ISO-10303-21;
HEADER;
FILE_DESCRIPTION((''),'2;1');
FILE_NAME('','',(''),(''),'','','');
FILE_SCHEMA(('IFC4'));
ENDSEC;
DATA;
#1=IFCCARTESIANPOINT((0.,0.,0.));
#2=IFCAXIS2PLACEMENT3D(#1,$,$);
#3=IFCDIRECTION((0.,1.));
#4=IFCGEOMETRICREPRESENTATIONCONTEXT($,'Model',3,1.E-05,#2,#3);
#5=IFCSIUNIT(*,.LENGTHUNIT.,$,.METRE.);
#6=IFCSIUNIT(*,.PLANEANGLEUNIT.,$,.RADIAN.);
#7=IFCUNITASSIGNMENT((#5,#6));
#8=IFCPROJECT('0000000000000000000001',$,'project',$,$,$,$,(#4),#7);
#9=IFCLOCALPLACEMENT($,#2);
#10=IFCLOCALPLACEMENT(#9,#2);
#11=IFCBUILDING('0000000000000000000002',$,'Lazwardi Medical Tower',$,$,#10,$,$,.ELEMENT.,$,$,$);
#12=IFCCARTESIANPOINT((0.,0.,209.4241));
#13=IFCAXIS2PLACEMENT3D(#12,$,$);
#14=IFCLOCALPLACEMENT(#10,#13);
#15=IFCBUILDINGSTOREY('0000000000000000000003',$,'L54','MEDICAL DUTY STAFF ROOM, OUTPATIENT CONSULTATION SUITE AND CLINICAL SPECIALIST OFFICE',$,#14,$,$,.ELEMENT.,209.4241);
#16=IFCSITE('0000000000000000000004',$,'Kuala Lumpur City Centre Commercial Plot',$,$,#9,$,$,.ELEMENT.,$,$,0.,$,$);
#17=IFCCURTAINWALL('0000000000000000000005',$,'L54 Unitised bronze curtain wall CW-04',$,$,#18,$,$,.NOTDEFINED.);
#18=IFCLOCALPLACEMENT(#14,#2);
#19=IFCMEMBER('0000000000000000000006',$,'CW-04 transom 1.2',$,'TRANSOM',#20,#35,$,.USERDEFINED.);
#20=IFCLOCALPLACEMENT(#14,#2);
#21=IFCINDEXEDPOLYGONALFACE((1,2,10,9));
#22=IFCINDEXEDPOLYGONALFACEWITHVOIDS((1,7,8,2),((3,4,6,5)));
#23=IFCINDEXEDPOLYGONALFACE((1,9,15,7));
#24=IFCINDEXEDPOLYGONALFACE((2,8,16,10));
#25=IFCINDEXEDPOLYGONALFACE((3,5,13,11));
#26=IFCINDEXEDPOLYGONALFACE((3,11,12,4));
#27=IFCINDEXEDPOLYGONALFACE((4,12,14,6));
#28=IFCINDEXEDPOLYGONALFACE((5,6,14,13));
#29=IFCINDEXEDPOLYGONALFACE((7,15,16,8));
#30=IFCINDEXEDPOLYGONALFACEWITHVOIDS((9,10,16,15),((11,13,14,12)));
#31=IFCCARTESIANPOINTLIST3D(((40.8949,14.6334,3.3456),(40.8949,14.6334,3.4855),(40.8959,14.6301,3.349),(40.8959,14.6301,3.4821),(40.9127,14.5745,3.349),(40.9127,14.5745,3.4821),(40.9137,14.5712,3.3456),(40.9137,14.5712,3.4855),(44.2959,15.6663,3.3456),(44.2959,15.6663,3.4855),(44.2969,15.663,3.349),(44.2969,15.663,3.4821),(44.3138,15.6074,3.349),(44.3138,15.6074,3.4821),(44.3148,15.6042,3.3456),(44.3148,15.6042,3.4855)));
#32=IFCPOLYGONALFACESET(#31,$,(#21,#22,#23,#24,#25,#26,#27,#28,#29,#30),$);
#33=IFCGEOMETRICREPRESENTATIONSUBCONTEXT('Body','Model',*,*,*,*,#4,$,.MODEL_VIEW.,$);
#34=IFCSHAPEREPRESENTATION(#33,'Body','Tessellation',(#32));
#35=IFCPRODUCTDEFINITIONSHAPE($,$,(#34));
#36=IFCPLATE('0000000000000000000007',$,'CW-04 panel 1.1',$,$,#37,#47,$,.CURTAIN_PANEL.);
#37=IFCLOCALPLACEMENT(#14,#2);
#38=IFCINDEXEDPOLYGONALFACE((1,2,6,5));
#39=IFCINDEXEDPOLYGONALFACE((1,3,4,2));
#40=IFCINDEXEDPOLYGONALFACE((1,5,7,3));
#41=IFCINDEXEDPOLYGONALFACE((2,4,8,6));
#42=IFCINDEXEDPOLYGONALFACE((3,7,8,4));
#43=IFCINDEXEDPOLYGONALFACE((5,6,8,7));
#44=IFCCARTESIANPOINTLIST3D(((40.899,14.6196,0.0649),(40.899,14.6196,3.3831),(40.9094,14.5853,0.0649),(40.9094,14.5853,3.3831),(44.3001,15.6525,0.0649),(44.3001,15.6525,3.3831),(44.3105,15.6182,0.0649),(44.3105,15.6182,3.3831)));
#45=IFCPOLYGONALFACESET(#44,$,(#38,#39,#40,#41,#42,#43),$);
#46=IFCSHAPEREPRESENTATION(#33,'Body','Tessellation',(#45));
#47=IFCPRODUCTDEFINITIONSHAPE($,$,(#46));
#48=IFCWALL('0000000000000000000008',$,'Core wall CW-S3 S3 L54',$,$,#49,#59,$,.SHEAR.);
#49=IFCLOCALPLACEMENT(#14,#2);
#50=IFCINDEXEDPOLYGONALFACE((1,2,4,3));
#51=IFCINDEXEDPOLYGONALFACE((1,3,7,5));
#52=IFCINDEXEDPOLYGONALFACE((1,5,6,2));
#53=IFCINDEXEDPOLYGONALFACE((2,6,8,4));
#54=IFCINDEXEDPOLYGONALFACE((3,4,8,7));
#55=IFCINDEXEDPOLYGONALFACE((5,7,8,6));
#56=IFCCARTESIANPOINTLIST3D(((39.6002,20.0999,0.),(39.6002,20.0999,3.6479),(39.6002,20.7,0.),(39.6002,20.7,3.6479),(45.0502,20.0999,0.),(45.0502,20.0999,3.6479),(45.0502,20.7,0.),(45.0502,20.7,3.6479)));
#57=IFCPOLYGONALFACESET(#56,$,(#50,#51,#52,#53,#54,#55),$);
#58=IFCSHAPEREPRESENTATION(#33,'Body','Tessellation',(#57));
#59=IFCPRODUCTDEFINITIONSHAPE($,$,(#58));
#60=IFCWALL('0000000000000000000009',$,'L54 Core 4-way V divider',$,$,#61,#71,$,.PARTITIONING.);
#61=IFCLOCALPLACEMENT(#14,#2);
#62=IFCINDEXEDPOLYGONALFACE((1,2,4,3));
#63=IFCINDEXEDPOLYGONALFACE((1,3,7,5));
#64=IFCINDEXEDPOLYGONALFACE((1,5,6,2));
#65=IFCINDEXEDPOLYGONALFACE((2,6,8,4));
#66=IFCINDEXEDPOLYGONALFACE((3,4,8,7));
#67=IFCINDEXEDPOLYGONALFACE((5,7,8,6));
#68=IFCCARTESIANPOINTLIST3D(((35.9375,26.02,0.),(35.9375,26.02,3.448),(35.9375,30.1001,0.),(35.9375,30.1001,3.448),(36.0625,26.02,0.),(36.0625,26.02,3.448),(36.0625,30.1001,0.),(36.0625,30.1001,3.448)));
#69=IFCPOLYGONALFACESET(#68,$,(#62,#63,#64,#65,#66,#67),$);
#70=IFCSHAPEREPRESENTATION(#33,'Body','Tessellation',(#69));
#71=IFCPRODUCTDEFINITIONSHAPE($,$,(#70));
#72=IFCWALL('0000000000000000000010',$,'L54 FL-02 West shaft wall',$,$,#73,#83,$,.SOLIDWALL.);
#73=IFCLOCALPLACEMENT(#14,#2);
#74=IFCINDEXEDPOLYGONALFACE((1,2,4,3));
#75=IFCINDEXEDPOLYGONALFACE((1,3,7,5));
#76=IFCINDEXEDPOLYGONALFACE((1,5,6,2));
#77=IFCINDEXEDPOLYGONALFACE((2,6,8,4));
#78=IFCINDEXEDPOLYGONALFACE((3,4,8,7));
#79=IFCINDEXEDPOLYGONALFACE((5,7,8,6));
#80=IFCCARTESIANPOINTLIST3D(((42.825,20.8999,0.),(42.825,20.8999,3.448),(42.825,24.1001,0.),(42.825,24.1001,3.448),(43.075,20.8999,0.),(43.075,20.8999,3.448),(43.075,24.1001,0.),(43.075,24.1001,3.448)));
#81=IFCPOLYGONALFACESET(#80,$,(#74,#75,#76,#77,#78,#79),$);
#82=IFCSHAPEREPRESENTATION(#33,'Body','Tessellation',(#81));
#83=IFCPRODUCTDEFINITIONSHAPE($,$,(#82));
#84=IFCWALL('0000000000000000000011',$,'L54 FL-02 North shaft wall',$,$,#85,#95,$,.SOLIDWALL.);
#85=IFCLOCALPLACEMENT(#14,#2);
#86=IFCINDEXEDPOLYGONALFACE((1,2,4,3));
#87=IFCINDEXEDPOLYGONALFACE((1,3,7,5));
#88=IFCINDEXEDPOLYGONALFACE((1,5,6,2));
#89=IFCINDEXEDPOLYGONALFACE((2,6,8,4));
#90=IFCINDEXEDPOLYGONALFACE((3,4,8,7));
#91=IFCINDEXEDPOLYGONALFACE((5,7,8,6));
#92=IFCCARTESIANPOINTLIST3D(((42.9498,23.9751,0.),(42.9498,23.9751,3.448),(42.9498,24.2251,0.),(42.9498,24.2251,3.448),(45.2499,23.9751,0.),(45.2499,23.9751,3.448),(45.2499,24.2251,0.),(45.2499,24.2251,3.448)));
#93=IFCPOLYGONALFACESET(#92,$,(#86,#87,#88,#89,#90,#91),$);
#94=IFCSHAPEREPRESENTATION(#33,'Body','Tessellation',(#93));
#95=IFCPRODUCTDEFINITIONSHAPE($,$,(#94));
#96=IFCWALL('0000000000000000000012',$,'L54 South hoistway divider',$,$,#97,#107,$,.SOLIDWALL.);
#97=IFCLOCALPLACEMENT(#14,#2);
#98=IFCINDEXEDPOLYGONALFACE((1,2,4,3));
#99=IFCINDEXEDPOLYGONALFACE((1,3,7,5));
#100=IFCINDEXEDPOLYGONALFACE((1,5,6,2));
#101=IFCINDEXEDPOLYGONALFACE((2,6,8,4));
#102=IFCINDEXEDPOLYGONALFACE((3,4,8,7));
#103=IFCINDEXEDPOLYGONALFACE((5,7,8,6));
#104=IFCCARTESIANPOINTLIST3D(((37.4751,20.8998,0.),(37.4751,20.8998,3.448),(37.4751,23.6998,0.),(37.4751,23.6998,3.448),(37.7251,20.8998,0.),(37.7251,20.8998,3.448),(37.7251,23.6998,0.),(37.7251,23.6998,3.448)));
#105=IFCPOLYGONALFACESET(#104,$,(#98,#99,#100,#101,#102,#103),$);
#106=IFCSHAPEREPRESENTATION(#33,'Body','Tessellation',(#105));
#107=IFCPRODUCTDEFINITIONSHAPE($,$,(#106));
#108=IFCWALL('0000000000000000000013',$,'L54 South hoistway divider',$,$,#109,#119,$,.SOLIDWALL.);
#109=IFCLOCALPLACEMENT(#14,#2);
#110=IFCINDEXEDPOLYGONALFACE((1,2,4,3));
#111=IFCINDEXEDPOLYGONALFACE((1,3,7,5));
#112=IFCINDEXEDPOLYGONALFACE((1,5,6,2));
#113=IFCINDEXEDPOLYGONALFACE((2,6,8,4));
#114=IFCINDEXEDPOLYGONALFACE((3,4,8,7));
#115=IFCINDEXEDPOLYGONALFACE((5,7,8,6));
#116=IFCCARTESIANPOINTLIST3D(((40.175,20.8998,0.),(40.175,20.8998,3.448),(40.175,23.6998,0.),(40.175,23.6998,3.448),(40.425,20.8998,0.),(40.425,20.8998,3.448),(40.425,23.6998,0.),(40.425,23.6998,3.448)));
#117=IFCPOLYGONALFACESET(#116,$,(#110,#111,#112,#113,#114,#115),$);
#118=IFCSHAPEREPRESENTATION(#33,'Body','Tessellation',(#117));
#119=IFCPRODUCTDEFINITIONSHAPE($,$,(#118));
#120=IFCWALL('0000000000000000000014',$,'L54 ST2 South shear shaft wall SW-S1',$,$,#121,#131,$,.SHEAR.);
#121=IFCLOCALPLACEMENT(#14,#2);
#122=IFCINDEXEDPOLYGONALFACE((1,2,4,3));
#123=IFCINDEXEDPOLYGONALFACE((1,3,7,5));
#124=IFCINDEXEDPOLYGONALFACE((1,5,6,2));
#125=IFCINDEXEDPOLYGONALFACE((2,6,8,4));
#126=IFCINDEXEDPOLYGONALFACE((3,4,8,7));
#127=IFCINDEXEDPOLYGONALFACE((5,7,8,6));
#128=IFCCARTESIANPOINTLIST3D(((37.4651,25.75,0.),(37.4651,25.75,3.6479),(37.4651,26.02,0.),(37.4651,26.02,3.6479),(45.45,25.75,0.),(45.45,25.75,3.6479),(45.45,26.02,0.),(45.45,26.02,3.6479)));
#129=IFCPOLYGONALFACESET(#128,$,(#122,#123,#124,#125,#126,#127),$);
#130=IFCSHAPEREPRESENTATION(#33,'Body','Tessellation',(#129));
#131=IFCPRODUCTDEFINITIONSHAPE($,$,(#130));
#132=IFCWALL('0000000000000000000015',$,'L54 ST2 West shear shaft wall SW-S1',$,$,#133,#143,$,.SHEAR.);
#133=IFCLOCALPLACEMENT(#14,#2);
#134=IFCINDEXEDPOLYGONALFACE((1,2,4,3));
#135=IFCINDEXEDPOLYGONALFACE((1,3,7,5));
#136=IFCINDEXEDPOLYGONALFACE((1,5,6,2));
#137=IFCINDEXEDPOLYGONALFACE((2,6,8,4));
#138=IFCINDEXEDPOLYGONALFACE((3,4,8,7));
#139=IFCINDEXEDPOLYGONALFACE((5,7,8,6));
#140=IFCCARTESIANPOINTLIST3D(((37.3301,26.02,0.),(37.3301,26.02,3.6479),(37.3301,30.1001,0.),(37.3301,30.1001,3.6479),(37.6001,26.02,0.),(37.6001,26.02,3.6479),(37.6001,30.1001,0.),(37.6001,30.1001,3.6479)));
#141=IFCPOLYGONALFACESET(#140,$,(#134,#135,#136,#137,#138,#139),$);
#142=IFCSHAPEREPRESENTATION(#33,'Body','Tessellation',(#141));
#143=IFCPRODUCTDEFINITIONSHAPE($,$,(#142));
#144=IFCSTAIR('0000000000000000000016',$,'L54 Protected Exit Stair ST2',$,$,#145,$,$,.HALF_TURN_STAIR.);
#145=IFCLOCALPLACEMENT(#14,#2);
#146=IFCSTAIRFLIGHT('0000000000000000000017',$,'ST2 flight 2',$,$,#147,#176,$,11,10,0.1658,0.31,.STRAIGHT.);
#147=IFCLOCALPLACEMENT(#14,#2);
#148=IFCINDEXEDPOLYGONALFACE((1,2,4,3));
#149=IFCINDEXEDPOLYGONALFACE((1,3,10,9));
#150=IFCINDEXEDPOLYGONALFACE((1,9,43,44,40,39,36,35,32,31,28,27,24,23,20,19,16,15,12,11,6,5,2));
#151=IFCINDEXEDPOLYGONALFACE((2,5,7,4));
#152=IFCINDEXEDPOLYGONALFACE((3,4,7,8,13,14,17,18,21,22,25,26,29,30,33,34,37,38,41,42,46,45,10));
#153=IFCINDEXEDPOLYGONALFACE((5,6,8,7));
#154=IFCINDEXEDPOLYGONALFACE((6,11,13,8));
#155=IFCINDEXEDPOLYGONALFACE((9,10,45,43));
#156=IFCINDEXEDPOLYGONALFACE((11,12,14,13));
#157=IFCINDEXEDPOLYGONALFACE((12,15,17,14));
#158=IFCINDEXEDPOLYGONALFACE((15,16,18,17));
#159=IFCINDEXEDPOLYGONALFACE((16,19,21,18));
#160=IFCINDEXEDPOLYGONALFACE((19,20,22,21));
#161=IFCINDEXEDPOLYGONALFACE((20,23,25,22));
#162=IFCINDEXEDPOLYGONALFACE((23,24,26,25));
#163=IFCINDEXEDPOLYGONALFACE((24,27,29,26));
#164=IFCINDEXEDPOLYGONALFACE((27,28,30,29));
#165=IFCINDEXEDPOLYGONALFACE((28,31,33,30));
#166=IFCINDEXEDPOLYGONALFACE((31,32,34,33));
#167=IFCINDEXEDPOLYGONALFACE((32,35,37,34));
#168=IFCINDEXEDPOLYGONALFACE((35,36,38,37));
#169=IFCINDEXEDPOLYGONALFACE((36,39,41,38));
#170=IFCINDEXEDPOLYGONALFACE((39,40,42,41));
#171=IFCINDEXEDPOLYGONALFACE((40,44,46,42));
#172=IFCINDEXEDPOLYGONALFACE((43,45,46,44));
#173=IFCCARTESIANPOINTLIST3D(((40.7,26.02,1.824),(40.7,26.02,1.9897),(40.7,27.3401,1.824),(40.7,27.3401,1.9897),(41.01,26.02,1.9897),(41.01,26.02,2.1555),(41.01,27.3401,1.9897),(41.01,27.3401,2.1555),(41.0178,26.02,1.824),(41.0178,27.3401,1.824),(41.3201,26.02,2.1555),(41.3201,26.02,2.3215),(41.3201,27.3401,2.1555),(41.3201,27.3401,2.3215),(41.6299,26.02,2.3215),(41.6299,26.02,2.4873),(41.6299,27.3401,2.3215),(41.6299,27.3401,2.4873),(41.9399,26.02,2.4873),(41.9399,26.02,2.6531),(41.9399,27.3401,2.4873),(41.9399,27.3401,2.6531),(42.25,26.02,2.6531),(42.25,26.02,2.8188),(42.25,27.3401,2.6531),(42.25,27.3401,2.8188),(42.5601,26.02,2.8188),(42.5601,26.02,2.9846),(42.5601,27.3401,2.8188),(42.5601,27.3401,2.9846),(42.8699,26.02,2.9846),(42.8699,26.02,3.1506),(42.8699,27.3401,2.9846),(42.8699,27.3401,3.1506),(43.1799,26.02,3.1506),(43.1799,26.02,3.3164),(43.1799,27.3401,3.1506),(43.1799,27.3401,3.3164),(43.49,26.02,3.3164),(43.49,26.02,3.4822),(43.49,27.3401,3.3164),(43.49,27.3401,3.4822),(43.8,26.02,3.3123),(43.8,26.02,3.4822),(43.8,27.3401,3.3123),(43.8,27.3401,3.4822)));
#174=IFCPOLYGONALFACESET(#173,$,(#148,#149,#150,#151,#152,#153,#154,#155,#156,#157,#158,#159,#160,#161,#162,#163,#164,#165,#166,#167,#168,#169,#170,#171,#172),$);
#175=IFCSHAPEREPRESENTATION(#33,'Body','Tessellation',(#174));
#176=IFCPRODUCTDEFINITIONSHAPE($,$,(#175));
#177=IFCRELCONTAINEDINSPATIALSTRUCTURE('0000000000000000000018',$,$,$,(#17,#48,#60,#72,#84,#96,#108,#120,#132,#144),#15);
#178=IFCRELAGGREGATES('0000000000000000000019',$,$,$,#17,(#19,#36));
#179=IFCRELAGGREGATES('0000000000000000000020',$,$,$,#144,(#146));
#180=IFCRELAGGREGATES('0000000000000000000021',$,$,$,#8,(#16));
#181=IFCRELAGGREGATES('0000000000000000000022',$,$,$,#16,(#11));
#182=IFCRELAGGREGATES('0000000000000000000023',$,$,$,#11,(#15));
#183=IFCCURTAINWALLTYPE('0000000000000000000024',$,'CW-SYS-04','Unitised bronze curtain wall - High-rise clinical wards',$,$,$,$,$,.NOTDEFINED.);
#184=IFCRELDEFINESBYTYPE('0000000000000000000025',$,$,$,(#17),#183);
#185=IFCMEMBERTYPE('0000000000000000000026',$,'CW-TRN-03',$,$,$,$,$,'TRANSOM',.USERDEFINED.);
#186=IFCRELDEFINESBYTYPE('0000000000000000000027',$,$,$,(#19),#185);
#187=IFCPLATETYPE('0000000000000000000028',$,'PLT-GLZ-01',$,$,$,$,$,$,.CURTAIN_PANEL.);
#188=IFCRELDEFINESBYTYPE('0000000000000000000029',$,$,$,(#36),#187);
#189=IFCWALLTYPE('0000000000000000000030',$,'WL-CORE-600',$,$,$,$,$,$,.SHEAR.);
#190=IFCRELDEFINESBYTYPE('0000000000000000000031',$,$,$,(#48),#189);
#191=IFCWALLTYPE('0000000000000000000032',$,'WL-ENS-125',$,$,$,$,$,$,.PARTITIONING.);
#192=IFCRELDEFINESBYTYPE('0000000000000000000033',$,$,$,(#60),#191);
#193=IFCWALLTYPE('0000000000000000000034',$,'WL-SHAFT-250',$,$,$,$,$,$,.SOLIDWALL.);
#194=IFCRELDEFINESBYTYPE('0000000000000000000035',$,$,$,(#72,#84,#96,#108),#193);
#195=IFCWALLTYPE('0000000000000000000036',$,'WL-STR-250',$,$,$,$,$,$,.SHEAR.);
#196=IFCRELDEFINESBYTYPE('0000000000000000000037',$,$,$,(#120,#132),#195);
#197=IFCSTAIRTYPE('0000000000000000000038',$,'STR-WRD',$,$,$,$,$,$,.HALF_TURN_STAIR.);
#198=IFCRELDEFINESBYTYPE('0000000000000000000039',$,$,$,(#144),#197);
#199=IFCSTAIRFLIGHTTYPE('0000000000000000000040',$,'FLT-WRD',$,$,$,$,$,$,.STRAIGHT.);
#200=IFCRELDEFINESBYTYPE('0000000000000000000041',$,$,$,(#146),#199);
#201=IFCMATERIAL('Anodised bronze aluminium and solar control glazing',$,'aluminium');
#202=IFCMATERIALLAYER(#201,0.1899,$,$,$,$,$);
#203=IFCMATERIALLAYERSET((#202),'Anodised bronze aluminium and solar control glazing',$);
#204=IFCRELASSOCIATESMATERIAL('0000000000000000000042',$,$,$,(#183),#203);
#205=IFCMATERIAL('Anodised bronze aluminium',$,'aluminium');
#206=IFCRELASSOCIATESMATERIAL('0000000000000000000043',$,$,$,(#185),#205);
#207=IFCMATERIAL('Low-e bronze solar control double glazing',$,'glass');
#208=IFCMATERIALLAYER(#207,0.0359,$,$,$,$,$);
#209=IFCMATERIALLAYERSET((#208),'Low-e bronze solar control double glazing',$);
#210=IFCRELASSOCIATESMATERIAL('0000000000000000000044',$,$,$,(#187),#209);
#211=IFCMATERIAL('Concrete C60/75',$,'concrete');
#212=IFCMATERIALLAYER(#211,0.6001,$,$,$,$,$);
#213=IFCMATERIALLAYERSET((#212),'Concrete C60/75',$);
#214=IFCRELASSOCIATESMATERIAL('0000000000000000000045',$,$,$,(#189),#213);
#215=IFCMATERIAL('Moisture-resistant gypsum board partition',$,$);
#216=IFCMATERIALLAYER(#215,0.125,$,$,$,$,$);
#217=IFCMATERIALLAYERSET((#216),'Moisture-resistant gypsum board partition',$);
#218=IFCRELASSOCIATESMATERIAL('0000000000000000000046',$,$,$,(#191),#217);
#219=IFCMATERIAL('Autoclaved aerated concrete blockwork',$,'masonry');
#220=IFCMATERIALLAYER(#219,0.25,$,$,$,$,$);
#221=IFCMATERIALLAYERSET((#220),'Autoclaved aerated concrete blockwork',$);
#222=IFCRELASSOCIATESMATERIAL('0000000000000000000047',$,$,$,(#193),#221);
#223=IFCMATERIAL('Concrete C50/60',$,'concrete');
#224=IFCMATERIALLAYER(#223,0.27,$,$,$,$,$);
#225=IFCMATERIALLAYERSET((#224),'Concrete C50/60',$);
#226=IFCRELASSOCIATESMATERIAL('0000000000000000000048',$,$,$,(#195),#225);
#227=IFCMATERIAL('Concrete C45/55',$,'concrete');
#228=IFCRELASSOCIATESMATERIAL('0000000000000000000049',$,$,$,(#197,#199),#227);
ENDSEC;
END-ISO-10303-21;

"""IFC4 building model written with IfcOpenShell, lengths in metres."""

from ifc_helpers import new_model, si_unit, direction, frame, frame_2d, origin, origin_2d, place, context, subcontext, project, spatial, polyline, rectangle, hollow_rectangle, outline, extrude, material, layer, layer_set, material_profile, profile_set, type_object, element, aggregate, save


model = new_model("IFC4")

# Units and contexts
model_context = context("Model", 3, precision=1e-05, world=origin(), true_north=direction((0.0, 1.0)))
body_context = subcontext(model_context, "Body", "Model", "MODEL_VIEW")
ifc_project = project(units=[si_unit("LENGTHUNIT", "METRE"), si_unit("PLANEANGLEUNIT", "RADIAN")], contexts=[model_context])

# Site, building, storey
site_placement = place(None, origin())
site = spatial("IfcSite", under=ifc_project, at=site_placement, Name="Kuala Lumpur City Centre Commercial Plot", CompositionType="ELEMENT", RefElevation=0.0)
building_placement = place(site_placement, origin())
building = spatial("IfcBuilding", under=site, at=building_placement, Name="Lazwardi Medical Tower", CompositionType="ELEMENT")
storey_placement = place(building_placement, frame((0.0, 0.0, 209.4241)))
storey = spatial("IfcBuildingStorey", under=building, at=storey_placement, Name="L54", Description="MEDICAL DUTY STAFF ROOM, OUTPATIENT CONSULTATION SUITE AND CLINICAL SPECIALIST OFFICE", CompositionType="ELEMENT", Elevation=209.4241)

# Shared definitions
ifc_material_1 = material(Name="Concrete C60/75", Category="concrete")

# Curtain wall, member, plate
ifc_material_2 = material(Name="Anodised bronze aluminium and solar control glazing", Category="aluminium")
ifc_layer_1 = layer(ifc_material_2, 0.1899)
ifc_layer_set_1 = layer_set([ifc_layer_1], Name="Anodised bronze aluminium and solar control glazing")
curtain_wall_type = type_object("IfcCurtainWallType", Name="CW-SYS-04", Description="Unitised bronze curtain wall - High-rise clinical wards", PredefinedType="NOTDEFINED", material=ifc_layer_set_1)
curtain_wall_placement = place(storey_placement, origin())
curtain_wall = element("IfcCurtainWall", 1, at=curtain_wall_placement, inside=storey, type_object=curtain_wall_type, Name="L54 Unitised bronze curtain wall CW-04", PredefinedType="NOTDEFINED")
ifc_material_3 = material(Name="Anodised bronze aluminium", Category="aluminium")
ifc_material_profile_1 = material_profile(ifc_material_3, hollow_rectangle(XDim=0.0649, YDim=0.1399, WallThickness=0.0034, at=origin_2d()), Name="ALU-TRANSOM 140x65x3.5")
ifc_profile_set_1 = profile_set([ifc_material_profile_1], Name="Anodised bronze aluminium")
member_type_1 = type_object("IfcMemberType", Name="CW-TRN-03", ElementType="TRANSOM", PredefinedType="USERDEFINED", material=ifc_profile_set_1)
member_1_placement = place(storey_placement, frame((40.9043, 14.6023, 3.4155), z_axis=(0.956843, 0.290604, 0.0), x_axis=(-0.290604, 0.956843, 0.0)))
member_1 = element("IfcMember", 2, at=member_1_placement, type_object=member_type_1, Name="CW-04 transom 1.2", ObjectType="TRANSOM", PredefinedType="USERDEFINED", context=body_context, shape_type="SweptSolid", body=[
    extrude(hollow_rectangle(XDim=0.0649, YDim=0.1399, WallThickness=0.0034, at=origin_2d()), origin(), (0.0, 0.0, 1.0), 3.5544),
])
ifc_material_4 = material(Name="Low-e bronze solar control double glazing", Category="glass")
ifc_layer_2 = layer(ifc_material_4, 0.0359)
ifc_layer_set_2 = layer_set([ifc_layer_2], Name="Low-e bronze solar control double glazing")
plate_type = type_object("IfcPlateType", Name="PLT-GLZ-01", PredefinedType="CURTAIN_PANEL", material=ifc_layer_set_2)
plate_placement = place(storey_placement, frame((42.6047, 15.1189, 0.0649), z_axis=(0.0, 0.0, 1.0), x_axis=(0.95685, 0.290582, 0.0)))
plate = element("IfcPlate", 3, at=plate_placement, type_object=plate_type, Name="CW-04 panel 1.1", PredefinedType="CURTAIN_PANEL", context=body_context, shape_type="SweptSolid", body=[
    extrude(rectangle(XDim=3.5544, YDim=0.0359, at=origin_2d()), origin(), (0.0, 0.0, 1.0), 3.3181),
])
aggregate(curtain_wall, [member_1, plate])

# Walls
ifc_layer_3 = layer(ifc_material_1, 0.6001)
ifc_layer_set_3 = layer_set([ifc_layer_3], Name="Concrete C60/75")
wall_type_1 = type_object("IfcWallType", Name="WL-CORE-600", PredefinedType="SHEAR", material=ifc_layer_set_3)
wall_1_placement = place(storey_placement, frame((39.6001, 20.3999, 0.0), z_axis=(0.0, 0.0, 1.0), x_axis=(1.0, 0.0, 0.0)))
element("IfcWall", 4, at=wall_1_placement, inside=storey, type_object=wall_type_1, Name="Core wall CW-S3 S3 L54", PredefinedType="SHEAR", context=body_context, shape_type="SweptSolid", body=[
    extrude(rectangle(XDim=5.45, YDim=0.6001, at=frame_2d((2.7251, 0.0))), origin(), (0.0, 0.0, 1.0), 3.6479),
])
ifc_material_5 = material(Name="Moisture-resistant gypsum board partition")
ifc_layer_4 = layer(ifc_material_5, 0.125)
ifc_layer_set_4 = layer_set([ifc_layer_4], Name="Moisture-resistant gypsum board partition")
wall_type_2 = type_object("IfcWallType", Name="WL-ENS-125", PredefinedType="PARTITIONING", material=ifc_layer_set_4)
wall_2_placement = place(storey_placement, frame((36.0, 26.02, 0.0), z_axis=(0.0, 0.0, 1.0), x_axis=(0.0, 1.0, 0.0)))
element("IfcWall", 5, at=wall_2_placement, inside=storey, type_object=wall_type_2, Name="L54 Core 4-way V divider", PredefinedType="PARTITIONING", context=body_context, shape_type="SweptSolid", body=[
    extrude(rectangle(XDim=4.0801, YDim=0.125, at=frame_2d((2.04, 0.0))), origin(), (0.0, 0.0, 1.0), 3.448),
])
ifc_material_6 = material(Name="Autoclaved aerated concrete blockwork", Category="masonry")
ifc_layer_5 = layer(ifc_material_6, 0.25)
ifc_layer_set_5 = layer_set([ifc_layer_5], Name="Autoclaved aerated concrete blockwork")
wall_type_3 = type_object("IfcWallType", Name="WL-SHAFT-250", PredefinedType="SOLIDWALL", material=ifc_layer_set_5)
wall_3_placement = place(storey_placement, frame((42.95, 20.8999, 0.0), z_axis=(0.0, 0.0, 1.0), x_axis=(0.0, 1.0, 0.0)))
element("IfcWall", 6, at=wall_3_placement, inside=storey, type_object=wall_type_3, Name="L54 FL-02 West shaft wall", PredefinedType="SOLIDWALL", context=body_context, shape_type="SweptSolid", body=[
    extrude(rectangle(XDim=3.2002, YDim=0.25, at=frame_2d((1.6001, 0.0))), origin(), (0.0, 0.0, 1.0), 3.448),
])
wall_4_placement = place(storey_placement, frame((42.95, 24.1001, 0.0), z_axis=(0.0, 0.0, 1.0), x_axis=(1.0, 0.0, 0.0)))
element("IfcWall", 7, at=wall_4_placement, inside=storey, type_object=wall_type_3, Name="L54 FL-02 North shaft wall", PredefinedType="SOLIDWALL", context=body_context, shape_type="SweptSolid", body=[
    extrude(rectangle(XDim=2.3, YDim=0.25, at=frame_2d((1.1499, 0.0))), origin(), (0.0, 0.0, 1.0), 3.448),
])
for number, where, z_axis, x_axis, name in (
    (8, (37.6001, 20.8999, 0.0), (0.0, 0.0, 1.0), (0.0, 1.0, 0.0), "L54 South hoistway divider"),
    (9, (40.3, 20.8999, 0.0), (0.0, 0.0, 1.0), (0.0, 1.0, 0.0), "L54 South hoistway divider"),
):
    element("IfcWall", number, at=place(storey_placement, frame(where, z_axis=z_axis, x_axis=x_axis)), inside=storey, type_object=wall_type_3, Name=name, PredefinedType="SOLIDWALL", context=body_context, shape_type="SweptSolid", body=[
        extrude(rectangle(XDim=2.8, YDim=0.25, at=frame_2d((1.3999, 0.0))), origin(), (0.0, 0.0, 1.0), 3.448),
    ])
ifc_material_7 = material(Name="Concrete C50/60", Category="concrete")
ifc_layer_6 = layer(ifc_material_7, 0.27)
ifc_layer_set_6 = layer_set([ifc_layer_6], Name="Concrete C50/60")
wall_type_4 = type_object("IfcWallType", Name="WL-STR-250", PredefinedType="SHEAR", material=ifc_layer_set_6)
wall_5_placement = place(storey_placement, frame((37.4651, 25.885, 0.0), z_axis=(0.0, 0.0, 1.0), x_axis=(1.0, 0.0, 0.0)))
element("IfcWall", 10, at=wall_5_placement, inside=storey, type_object=wall_type_4, Name="L54 ST2 South shear shaft wall SW-S1", PredefinedType="SHEAR", context=body_context, shape_type="SweptSolid", body=[
    extrude(rectangle(XDim=7.9849, YDim=0.27, at=frame_2d((3.9924, 0.0))), origin(), (0.0, 0.0, 1.0), 3.6479),
])
wall_6_placement = place(storey_placement, frame((37.4651, 26.02, 0.0), z_axis=(0.0, 0.0, 1.0), x_axis=(0.0, 1.0, 0.0)))
element("IfcWall", 11, at=wall_6_placement, inside=storey, type_object=wall_type_4, Name="L54 ST2 West shear shaft wall SW-S1", PredefinedType="SHEAR", context=body_context, shape_type="SweptSolid", body=[
    extrude(rectangle(XDim=4.0801, YDim=0.27, at=frame_2d((2.04, 0.0))), origin(), (0.0, 0.0, 1.0), 3.6479),
])

# Stair, stair flight
ifc_material_8 = material(Name="Concrete C45/55", Category="concrete")
stair_type = type_object("IfcStairType", Name="STR-WRD", PredefinedType="HALF_TURN_STAIR", material=ifc_material_8)
stair_placement = place(storey_placement, origin())
stair = element("IfcStair", 12, at=stair_placement, inside=storey, type_object=stair_type, Name="L54 Protected Exit Stair ST2", PredefinedType="HALF_TURN_STAIR")
stair_flight_type = type_object("IfcStairFlightType", Name="FLT-WRD", PredefinedType="STRAIGHT", material=ifc_material_8)
stair_flight_placement = place(storey_placement, frame((40.7, 26.6799, 1.824), z_axis=(0.0, 0.0, 1.0), x_axis=(1.0, 0.0, 0.0)))
stair_flight = element("IfcStairFlight", 13, at=stair_flight_placement, type_object=stair_flight_type, Name="ST2 flight 2", NumberOfRisers=11, NumberOfTreads=10, PredefinedType="STRAIGHT", RiserHeight=0.1658, TreadLength=0.31, context=body_context, shape_type="SweptSolid", body=[
    extrude(outline(polyline([(0.0, 0.0), (0.0, 0.1658), (0.3101, 0.1658), (0.3101, 0.3315), (0.6201, 0.3315), (0.6201, 0.4976), (0.9299, 0.4976), (0.9299, 0.6633), (1.24, 0.6633), (1.24, 0.8291), (1.55, 0.8291), (1.55, 0.9949), (1.8601, 0.9949), (1.8601, 1.1606), (2.1699, 1.1606), (2.1699, 1.3267), (2.48, 1.3267), (2.48, 1.4924), (2.79, 1.4924), (2.79, 1.6582), (3.1001, 1.6582), (3.1001, 1.824), (3.1001, 1.4883), (0.3179, 0.0), (0.0, 0.0)])), frame((0.0, 0.6602, 0.0), z_axis=(0.0, -1.0, 0.0), x_axis=(1.0, 0.0, 0.0)), (0.0, 0.0, 1.0), 1.3201),
])
aggregate(stair, [stair_flight])

save(model, "model.ifc")
